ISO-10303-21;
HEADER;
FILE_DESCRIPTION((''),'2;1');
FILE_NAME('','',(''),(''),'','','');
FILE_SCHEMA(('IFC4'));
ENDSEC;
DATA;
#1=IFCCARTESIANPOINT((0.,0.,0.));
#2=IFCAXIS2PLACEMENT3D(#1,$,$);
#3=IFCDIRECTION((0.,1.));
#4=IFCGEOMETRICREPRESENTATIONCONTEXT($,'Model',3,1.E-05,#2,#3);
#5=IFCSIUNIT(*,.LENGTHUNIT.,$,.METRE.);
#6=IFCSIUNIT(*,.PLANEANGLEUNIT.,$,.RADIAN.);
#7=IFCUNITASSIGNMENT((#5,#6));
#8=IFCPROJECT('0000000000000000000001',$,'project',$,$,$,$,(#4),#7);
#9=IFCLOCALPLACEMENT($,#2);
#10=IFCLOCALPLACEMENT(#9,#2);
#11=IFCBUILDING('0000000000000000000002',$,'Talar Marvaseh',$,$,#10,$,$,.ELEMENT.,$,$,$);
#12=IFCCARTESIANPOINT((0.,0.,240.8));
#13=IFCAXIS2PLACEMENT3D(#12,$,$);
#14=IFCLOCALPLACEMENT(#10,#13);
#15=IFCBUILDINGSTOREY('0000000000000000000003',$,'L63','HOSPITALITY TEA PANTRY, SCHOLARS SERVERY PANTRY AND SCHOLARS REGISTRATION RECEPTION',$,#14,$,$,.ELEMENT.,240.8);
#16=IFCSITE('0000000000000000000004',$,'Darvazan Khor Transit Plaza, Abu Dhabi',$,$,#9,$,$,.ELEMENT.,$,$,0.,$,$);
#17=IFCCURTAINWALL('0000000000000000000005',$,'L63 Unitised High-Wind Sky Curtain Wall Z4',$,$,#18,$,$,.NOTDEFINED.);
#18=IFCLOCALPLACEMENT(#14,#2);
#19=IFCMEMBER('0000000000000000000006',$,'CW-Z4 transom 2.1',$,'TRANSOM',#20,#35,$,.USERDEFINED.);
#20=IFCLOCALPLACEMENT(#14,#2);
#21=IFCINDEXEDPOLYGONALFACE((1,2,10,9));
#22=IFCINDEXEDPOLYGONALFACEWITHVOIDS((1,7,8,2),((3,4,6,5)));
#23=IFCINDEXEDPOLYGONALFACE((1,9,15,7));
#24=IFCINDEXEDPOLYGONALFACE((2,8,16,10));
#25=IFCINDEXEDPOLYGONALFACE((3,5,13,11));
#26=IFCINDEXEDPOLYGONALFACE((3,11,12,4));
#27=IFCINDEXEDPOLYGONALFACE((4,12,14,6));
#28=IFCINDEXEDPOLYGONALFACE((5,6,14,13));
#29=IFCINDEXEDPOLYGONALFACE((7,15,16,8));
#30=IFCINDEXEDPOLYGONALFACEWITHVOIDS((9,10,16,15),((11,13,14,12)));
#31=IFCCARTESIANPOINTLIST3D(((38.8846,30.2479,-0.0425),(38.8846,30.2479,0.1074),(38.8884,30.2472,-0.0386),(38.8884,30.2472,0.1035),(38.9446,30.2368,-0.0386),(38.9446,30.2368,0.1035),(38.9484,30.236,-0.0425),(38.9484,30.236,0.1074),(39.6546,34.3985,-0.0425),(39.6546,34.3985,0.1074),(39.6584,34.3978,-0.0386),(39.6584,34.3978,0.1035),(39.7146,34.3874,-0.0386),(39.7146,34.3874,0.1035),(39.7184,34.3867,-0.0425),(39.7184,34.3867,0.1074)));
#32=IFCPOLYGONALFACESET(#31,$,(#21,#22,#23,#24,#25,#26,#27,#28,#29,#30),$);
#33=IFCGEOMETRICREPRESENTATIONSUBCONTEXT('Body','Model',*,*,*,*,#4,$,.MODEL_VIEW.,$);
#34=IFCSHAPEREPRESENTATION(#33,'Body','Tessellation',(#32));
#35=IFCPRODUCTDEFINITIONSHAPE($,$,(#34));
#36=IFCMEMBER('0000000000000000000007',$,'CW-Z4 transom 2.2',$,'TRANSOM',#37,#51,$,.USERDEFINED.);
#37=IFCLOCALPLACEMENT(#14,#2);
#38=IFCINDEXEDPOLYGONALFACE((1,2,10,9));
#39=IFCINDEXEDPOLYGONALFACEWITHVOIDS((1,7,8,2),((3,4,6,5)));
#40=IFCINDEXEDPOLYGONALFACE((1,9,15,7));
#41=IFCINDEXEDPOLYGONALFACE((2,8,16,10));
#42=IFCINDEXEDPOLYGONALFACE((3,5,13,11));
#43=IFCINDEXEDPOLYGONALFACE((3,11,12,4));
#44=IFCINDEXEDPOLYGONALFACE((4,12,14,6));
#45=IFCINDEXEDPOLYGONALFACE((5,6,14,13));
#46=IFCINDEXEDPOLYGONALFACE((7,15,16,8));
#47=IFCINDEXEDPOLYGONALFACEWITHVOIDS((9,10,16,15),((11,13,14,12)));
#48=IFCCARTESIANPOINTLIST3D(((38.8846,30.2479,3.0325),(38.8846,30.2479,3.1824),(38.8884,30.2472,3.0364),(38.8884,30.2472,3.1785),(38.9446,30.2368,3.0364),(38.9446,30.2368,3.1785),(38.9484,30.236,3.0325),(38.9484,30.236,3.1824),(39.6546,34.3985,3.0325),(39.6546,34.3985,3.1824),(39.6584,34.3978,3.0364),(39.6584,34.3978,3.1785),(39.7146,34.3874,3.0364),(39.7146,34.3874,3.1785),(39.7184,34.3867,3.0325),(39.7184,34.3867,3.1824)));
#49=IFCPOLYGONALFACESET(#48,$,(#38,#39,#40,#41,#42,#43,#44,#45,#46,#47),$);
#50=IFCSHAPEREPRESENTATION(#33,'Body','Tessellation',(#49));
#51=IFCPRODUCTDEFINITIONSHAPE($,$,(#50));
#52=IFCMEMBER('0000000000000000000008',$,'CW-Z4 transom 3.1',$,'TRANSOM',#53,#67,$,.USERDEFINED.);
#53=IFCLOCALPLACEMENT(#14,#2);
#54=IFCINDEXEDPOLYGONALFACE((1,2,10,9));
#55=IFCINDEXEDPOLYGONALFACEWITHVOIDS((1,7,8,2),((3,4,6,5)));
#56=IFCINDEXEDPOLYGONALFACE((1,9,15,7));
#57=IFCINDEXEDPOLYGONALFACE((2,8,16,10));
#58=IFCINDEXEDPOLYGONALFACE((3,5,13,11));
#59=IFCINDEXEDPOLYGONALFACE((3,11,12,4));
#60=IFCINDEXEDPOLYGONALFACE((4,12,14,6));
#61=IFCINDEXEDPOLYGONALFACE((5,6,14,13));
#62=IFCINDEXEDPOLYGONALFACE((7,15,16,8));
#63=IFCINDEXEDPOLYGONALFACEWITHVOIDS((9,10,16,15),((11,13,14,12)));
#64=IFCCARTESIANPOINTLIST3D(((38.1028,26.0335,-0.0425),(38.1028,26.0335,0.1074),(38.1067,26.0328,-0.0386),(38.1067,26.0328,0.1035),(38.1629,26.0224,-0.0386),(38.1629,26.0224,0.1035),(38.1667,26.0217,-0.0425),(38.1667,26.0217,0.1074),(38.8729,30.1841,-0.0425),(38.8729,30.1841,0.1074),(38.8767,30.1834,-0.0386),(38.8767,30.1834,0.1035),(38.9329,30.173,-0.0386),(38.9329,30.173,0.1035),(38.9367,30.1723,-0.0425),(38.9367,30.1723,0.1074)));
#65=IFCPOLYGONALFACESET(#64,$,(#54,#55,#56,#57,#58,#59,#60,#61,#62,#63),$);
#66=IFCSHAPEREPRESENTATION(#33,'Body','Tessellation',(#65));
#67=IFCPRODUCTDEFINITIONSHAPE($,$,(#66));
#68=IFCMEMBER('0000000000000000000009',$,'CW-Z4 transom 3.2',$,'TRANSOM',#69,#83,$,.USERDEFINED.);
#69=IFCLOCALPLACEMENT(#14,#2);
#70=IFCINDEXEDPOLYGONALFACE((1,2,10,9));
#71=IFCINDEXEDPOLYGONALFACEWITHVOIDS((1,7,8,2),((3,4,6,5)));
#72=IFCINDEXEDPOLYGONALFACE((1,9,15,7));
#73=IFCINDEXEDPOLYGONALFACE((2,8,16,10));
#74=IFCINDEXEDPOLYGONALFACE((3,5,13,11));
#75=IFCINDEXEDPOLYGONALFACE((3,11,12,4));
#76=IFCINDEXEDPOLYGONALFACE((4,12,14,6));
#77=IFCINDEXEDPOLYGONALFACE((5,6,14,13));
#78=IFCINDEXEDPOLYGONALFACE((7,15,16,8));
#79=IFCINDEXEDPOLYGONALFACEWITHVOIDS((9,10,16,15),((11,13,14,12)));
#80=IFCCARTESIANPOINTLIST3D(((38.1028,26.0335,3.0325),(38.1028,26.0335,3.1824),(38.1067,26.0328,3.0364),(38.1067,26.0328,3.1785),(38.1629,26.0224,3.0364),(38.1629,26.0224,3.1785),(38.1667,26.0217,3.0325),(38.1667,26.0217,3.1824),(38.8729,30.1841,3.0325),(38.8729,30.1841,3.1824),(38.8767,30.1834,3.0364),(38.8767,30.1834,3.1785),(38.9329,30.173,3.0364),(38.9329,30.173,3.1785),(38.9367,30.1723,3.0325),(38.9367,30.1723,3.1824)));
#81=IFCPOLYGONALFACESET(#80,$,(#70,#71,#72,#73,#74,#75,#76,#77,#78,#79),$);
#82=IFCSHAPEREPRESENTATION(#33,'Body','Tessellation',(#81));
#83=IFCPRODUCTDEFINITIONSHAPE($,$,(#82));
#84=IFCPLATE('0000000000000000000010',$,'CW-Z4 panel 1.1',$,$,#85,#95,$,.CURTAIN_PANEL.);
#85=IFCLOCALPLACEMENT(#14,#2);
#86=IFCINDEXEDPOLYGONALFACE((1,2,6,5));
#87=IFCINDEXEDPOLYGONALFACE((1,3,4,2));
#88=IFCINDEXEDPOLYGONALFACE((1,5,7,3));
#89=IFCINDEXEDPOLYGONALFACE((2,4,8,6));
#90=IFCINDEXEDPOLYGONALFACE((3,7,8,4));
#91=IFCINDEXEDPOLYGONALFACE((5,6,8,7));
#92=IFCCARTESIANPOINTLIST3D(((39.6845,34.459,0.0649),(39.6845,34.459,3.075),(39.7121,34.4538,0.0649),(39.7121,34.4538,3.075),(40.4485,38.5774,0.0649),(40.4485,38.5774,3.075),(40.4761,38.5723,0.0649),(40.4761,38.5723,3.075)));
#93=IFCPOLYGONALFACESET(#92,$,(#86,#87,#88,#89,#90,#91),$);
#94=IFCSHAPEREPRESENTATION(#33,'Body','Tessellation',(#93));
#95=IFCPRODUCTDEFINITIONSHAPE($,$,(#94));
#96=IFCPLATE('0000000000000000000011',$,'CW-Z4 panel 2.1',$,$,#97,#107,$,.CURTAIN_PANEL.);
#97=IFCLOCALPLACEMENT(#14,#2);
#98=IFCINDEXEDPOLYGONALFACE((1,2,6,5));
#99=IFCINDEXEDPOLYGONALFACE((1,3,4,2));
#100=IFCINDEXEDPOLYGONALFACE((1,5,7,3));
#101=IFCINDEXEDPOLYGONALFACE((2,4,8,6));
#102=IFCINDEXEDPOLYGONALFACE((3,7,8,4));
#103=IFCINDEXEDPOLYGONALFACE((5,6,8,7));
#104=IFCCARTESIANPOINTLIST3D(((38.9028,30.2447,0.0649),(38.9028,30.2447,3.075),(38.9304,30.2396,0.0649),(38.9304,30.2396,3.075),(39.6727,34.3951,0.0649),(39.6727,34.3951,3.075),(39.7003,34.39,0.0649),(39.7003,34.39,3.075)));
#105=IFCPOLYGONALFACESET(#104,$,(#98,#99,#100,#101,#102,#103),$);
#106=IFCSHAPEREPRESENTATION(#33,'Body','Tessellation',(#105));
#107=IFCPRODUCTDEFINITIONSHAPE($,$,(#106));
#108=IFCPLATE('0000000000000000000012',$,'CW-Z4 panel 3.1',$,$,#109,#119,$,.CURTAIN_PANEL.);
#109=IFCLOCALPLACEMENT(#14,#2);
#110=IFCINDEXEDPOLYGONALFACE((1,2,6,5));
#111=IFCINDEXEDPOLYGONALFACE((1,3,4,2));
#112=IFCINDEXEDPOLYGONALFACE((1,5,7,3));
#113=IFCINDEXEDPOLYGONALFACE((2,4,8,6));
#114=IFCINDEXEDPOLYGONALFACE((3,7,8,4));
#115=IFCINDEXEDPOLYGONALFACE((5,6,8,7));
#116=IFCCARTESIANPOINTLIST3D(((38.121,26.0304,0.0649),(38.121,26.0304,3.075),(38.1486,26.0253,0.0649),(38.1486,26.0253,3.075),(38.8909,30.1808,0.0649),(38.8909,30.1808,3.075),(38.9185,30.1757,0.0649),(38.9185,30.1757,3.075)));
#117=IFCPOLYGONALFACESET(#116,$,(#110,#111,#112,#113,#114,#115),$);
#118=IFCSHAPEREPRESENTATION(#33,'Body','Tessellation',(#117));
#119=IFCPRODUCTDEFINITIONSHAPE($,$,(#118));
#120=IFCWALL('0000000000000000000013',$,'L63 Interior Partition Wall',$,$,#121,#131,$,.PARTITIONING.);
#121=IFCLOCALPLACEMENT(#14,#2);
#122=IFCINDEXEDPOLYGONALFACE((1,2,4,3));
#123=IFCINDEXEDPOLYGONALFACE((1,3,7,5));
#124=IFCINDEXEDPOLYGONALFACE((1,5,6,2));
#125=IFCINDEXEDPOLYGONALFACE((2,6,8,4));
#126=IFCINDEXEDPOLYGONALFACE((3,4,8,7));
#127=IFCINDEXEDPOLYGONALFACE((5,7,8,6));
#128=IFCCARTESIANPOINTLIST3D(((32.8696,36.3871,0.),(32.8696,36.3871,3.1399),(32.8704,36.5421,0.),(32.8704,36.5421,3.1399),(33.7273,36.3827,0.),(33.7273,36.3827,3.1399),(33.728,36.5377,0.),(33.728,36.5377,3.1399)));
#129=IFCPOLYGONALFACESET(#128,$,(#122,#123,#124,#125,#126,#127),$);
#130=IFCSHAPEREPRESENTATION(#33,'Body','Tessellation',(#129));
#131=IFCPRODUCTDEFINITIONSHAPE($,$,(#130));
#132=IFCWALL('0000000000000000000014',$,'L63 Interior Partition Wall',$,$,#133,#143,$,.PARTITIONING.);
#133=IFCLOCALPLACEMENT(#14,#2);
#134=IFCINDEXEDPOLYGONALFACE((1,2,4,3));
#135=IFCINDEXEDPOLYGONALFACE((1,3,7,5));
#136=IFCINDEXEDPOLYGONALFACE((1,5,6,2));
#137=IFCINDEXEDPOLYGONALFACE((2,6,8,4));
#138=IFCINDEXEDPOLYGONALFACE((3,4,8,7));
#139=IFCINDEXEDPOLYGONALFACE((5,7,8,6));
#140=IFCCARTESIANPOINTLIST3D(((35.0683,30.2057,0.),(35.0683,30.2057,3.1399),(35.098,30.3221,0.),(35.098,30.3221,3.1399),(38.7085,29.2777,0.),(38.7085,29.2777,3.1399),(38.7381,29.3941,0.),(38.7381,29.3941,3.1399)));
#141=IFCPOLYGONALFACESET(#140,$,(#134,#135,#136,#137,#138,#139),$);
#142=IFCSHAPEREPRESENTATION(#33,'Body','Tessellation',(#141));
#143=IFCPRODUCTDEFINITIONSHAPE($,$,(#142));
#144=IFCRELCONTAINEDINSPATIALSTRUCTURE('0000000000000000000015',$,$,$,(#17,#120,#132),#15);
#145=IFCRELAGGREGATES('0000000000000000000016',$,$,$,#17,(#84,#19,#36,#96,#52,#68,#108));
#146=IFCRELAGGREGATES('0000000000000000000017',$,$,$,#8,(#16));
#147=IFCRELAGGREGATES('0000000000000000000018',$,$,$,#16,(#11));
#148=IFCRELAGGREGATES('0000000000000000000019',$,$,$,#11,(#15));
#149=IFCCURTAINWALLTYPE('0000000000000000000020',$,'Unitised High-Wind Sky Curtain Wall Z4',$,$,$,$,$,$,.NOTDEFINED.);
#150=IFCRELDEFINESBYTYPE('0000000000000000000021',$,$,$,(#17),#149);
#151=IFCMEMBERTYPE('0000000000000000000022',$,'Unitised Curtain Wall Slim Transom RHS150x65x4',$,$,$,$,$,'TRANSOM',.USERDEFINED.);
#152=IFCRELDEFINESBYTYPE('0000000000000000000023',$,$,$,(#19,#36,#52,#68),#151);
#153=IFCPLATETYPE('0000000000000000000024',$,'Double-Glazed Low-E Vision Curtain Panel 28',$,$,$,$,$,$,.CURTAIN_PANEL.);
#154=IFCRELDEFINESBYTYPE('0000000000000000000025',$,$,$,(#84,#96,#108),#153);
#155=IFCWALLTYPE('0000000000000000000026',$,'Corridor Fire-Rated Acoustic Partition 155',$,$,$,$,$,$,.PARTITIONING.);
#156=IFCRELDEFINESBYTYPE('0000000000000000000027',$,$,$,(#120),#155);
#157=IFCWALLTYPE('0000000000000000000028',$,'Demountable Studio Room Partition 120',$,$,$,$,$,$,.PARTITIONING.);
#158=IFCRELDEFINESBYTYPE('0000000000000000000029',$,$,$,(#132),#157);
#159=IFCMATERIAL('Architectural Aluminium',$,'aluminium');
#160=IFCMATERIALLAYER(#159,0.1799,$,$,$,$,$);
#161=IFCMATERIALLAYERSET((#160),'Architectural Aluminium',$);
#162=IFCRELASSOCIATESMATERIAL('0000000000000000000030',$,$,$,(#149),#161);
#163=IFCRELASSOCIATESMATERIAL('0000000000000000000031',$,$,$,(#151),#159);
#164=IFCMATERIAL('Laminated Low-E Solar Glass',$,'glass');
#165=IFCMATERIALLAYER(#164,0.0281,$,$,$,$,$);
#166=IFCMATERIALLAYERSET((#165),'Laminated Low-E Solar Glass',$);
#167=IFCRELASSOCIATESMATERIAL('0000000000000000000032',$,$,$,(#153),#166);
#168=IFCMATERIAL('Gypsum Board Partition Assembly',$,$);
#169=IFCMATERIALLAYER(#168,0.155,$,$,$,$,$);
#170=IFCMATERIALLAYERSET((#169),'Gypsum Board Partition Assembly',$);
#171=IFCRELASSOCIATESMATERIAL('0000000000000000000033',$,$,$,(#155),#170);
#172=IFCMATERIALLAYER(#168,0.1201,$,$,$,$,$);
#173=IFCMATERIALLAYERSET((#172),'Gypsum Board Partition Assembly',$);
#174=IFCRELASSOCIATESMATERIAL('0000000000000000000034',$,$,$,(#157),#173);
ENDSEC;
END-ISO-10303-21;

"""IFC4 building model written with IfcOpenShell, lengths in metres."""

from ifc_helpers import new_model, si_unit, direction, frame, frame_2d, origin, origin_2d, place, context, subcontext, project, spatial, rectangle, hollow_rectangle, extrude, source, transform, mapped, material, layer, layer_set, material_profile, profile_set, type_object, type_shapes, element, aggregate, save


model = new_model("IFC4")

# Units and contexts
model_context = context("Model", 3, precision=1e-05, world=origin(), true_north=direction((0.0, 1.0)))
body_context = subcontext(model_context, "Body", "Model", "MODEL_VIEW")
ifc_project = project(units=[si_unit("LENGTHUNIT", "METRE"), si_unit("PLANEANGLEUNIT", "RADIAN")], contexts=[model_context])

# Site, building, storey
site_placement = place(None, origin())
site = spatial("IfcSite", under=ifc_project, at=site_placement, Name="Darvazan Khor Transit Plaza, Abu Dhabi", CompositionType="ELEMENT", RefElevation=0.0)
building_placement = place(site_placement, origin())
building = spatial("IfcBuilding", under=site, at=building_placement, Name="Talar Marvaseh", CompositionType="ELEMENT")
storey_placement = place(building_placement, frame((0.0, 0.0, 240.8)))
storey = spatial("IfcBuildingStorey", under=building, at=storey_placement, Name="L63", Description="HOSPITALITY TEA PANTRY, SCHOLARS SERVERY PANTRY AND SCHOLARS REGISTRATION RECEPTION", CompositionType="ELEMENT", Elevation=240.8)

# Curtain wall, members, plates
ifc_material_1 = material(Name="Architectural Aluminium", Category="aluminium")
ifc_layer_1 = layer(ifc_material_1, 0.1799)
ifc_layer_set_1 = layer_set([ifc_layer_1], Name="Architectural Aluminium")
curtain_wall_type = type_object("IfcCurtainWallType", Name="Unitised High-Wind Sky Curtain Wall Z4", PredefinedType="NOTDEFINED", material=ifc_layer_set_1)
curtain_wall_placement = place(storey_placement, origin())
curtain_wall = element("IfcCurtainWall", 1, at=curtain_wall_placement, inside=storey, type_object=curtain_wall_type, Name="L63 Unitised High-Wind Sky Curtain Wall Z4", PredefinedType="NOTDEFINED")
ifc_material_profile_1 = material_profile(ifc_material_1, hollow_rectangle(XDim=0.0649, YDim=0.1499, WallThickness=0.0039, at=origin_2d()), Name="RHS150x65x4")
ifc_profile_set_1 = profile_set([ifc_material_profile_1], Name="Architectural Aluminium")
member_type_1 = type_object("IfcMemberType", Name="Unitised Curtain Wall Slim Transom RHS150x65x4", ElementType="TRANSOM", PredefinedType="USERDEFINED", material=ifc_profile_set_1)
shared_shape_1 = source(origin(), body_context, "Body", "SweptSolid", [
    extrude(hollow_rectangle(XDim=0.0649, YDim=0.1499, WallThickness=0.0039, at=origin_2d()), origin(), (0.0, 0.0, 1.0), 4.2214),
])
type_shapes(member_type_1, [shared_shape_1])
member_1_placement = place(storey_placement, frame((39.6865, 34.3926, 0.0325), z_axis=(-0.182406, -0.983223, 0.0), x_axis=(0.983223, -0.182406, 0.0)))
member_1 = element("IfcMember", 2, at=member_1_placement, type_object=member_type_1, Name="CW-Z4 transom 2.1", ObjectType="TRANSOM", PredefinedType="USERDEFINED", context=body_context, shape_type="MappedRepresentation", body=[
    mapped(shared_shape_1, transform((0.0, 0.0, 0.0), x_axis=(1.0, 0.0, 0.0), y_axis=(0.0, 1.0, 0.0), z_axis=(0.0, 0.0, 1.0), scale=1.0)),
])
member_2_placement = place(storey_placement, frame((39.6865, 34.3926, 3.1074), z_axis=(-0.182406, -0.983223, 0.0), x_axis=(0.983223, -0.182406, 0.0)))
member_2 = element("IfcMember", 3, at=member_2_placement, type_object=member_type_1, Name="CW-Z4 transom 2.2", ObjectType="TRANSOM", PredefinedType="USERDEFINED", context=body_context, shape_type="MappedRepresentation", body=[
    mapped(shared_shape_1, transform((0.0, 0.0, 0.0), x_axis=(1.0, 0.0, 0.0), y_axis=(0.0, 1.0, 0.0), z_axis=(0.0, 0.0, 1.0), scale=1.0)),
])
member_3_placement = place(storey_placement, frame((38.9048, 30.1782, 0.0325), z_axis=(-0.182406, -0.983223, 0.0), x_axis=(0.983223, -0.182406, 0.0)))
member_3 = element("IfcMember", 4, at=member_3_placement, type_object=member_type_1, Name="CW-Z4 transom 3.1", ObjectType="TRANSOM", PredefinedType="USERDEFINED", context=body_context, shape_type="MappedRepresentation", body=[
    mapped(shared_shape_1, transform((0.0, 0.0, 0.0), x_axis=(1.0, 0.0, 0.0), y_axis=(0.0, 1.0, 0.0), z_axis=(0.0, 0.0, 1.0), scale=1.0)),
])
member_4_placement = place(storey_placement, frame((38.9048, 30.1782, 3.1074), z_axis=(-0.182406, -0.983223, 0.0), x_axis=(0.983223, -0.182406, 0.0)))
member_4 = element("IfcMember", 5, at=member_4_placement, type_object=member_type_1, Name="CW-Z4 transom 3.2", ObjectType="TRANSOM", PredefinedType="USERDEFINED", context=body_context, shape_type="MappedRepresentation", body=[
    mapped(shared_shape_1, transform((0.0, 0.0, 0.0), x_axis=(1.0, 0.0, 0.0), y_axis=(0.0, 1.0, 0.0), z_axis=(0.0, 0.0, 1.0), scale=1.0)),
])
ifc_material_2 = material(Name="Laminated Low-E Solar Glass", Category="glass")
ifc_layer_2 = layer(ifc_material_2, 0.0281)
ifc_layer_set_2 = layer_set([ifc_layer_2], Name="Laminated Low-E Solar Glass")
plate_type = type_object("IfcPlateType", Name="Double-Glazed Low-E Vision Curtain Panel 28", PredefinedType="CURTAIN_PANEL", material=ifc_layer_set_2)
shared_shape_2 = source(origin(), body_context, "Body", "SweptSolid", [
    extrude(rectangle(XDim=4.1887, YDim=0.0281, at=origin_2d()), origin(), (0.0, 0.0, 1.0), 3.01),
])
plate_1_placement = place(storey_placement, frame((40.0803, 36.5156, 0.0649), z_axis=(0.0, 0.0, 1.0), x_axis=(-0.182386, -0.983227, 0.0)))
plate_1 = element("IfcPlate", 6, at=plate_1_placement, type_object=plate_type, Name="CW-Z4 panel 1.1", PredefinedType="CURTAIN_PANEL", context=body_context, shape_type="MappedRepresentation", body=[
    mapped(shared_shape_2, transform((0.0, 0.0, 0.0), x_axis=(1.0, 0.0, 0.0), y_axis=(0.0, 1.0, 0.0), z_axis=(0.0, 0.0, 1.0), scale=1.0)),
])
shared_shape_3 = source(origin(), body_context, "Body", "SweptSolid", [
    extrude(rectangle(XDim=4.2212, YDim=0.0281, at=origin_2d()), origin(), (0.0, 0.0, 1.0), 3.01),
])
type_shapes(plate_type, [shared_shape_2, shared_shape_3])
plate_2_placement = place(storey_placement, frame((39.3015, 32.3174, 0.0649), z_axis=(0.0, 0.0, 1.0), x_axis=(-0.182386, -0.983227, 0.0)))
plate_2 = element("IfcPlate", 7, at=plate_2_placement, type_object=plate_type, Name="CW-Z4 panel 2.1", PredefinedType="CURTAIN_PANEL", context=body_context, shape_type="MappedRepresentation", body=[
    mapped(shared_shape_3, transform((0.0, 0.0, 0.0), x_axis=(1.0, 0.0, 0.0), y_axis=(0.0, 1.0, 0.0), z_axis=(0.0, 0.0, 1.0), scale=1.0)),
])
plate_3_placement = place(storey_placement, frame((38.5198, 28.103, 0.0649), z_axis=(0.0, 0.0, 1.0), x_axis=(-0.182386, -0.983227, 0.0)))
plate_3 = element("IfcPlate", 8, at=plate_3_placement, type_object=plate_type, Name="CW-Z4 panel 3.1", PredefinedType="CURTAIN_PANEL", context=body_context, shape_type="MappedRepresentation", body=[
    mapped(shared_shape_3, transform((0.0, 0.0, 0.0), x_axis=(1.0, 0.0, 0.0), y_axis=(0.0, 1.0, 0.0), z_axis=(0.0, 0.0, 1.0), scale=1.0)),
])
aggregate(curtain_wall, [plate_1, member_1, member_2, plate_2, member_3, member_4, plate_3])

# Walls
ifc_material_3 = material(Name="Gypsum Board Partition Assembly")
ifc_layer_3 = layer(ifc_material_3, 0.155)
ifc_layer_set_3 = layer_set([ifc_layer_3], Name="Gypsum Board Partition Assembly")
wall_type_1 = type_object("IfcWallType", Name="Corridor Fire-Rated Acoustic Partition 155", PredefinedType="PARTITIONING", material=ifc_layer_set_3)
wall_1_placement = place(storey_placement, frame((32.8701, 36.4646, 0.0), z_axis=(0.0, 0.0, 1.0), x_axis=(0.999987, -0.005124, 0.0)))
element("IfcWall", 9, at=wall_1_placement, inside=storey, type_object=wall_type_1, Name="L63 Interior Partition Wall", PredefinedType="PARTITIONING", context=body_context, shape_type="SweptSolid", body=[
    extrude(rectangle(XDim=0.8577, YDim=0.155, at=frame_2d((0.4287, 0.0))), origin(), (0.0, 0.0, 1.0), 3.1399),
])
ifc_layer_4 = layer(ifc_material_3, 0.1201)
ifc_layer_set_4 = layer_set([ifc_layer_4], Name="Gypsum Board Partition Assembly")
wall_type_2 = type_object("IfcWallType", Name="Demountable Studio Room Partition 120", PredefinedType="PARTITIONING", material=ifc_layer_set_4)
wall_2_placement = place(storey_placement, frame((35.083, 30.2639, 0.0), z_axis=(0.0, 0.0, 1.0), x_axis=(0.969008, -0.247029, 0.0)))
element("IfcWall", 10, at=wall_2_placement, inside=storey, type_object=wall_type_2, Name="L63 Interior Partition Wall", PredefinedType="PARTITIONING", context=body_context, shape_type="SweptSolid", body=[
    extrude(rectangle(XDim=3.7566, YDim=0.1201, at=frame_2d((1.8784, 0.0))), origin(), (0.0, 0.0, 1.0), 3.1399),
])

save(model, "model.ifc")
